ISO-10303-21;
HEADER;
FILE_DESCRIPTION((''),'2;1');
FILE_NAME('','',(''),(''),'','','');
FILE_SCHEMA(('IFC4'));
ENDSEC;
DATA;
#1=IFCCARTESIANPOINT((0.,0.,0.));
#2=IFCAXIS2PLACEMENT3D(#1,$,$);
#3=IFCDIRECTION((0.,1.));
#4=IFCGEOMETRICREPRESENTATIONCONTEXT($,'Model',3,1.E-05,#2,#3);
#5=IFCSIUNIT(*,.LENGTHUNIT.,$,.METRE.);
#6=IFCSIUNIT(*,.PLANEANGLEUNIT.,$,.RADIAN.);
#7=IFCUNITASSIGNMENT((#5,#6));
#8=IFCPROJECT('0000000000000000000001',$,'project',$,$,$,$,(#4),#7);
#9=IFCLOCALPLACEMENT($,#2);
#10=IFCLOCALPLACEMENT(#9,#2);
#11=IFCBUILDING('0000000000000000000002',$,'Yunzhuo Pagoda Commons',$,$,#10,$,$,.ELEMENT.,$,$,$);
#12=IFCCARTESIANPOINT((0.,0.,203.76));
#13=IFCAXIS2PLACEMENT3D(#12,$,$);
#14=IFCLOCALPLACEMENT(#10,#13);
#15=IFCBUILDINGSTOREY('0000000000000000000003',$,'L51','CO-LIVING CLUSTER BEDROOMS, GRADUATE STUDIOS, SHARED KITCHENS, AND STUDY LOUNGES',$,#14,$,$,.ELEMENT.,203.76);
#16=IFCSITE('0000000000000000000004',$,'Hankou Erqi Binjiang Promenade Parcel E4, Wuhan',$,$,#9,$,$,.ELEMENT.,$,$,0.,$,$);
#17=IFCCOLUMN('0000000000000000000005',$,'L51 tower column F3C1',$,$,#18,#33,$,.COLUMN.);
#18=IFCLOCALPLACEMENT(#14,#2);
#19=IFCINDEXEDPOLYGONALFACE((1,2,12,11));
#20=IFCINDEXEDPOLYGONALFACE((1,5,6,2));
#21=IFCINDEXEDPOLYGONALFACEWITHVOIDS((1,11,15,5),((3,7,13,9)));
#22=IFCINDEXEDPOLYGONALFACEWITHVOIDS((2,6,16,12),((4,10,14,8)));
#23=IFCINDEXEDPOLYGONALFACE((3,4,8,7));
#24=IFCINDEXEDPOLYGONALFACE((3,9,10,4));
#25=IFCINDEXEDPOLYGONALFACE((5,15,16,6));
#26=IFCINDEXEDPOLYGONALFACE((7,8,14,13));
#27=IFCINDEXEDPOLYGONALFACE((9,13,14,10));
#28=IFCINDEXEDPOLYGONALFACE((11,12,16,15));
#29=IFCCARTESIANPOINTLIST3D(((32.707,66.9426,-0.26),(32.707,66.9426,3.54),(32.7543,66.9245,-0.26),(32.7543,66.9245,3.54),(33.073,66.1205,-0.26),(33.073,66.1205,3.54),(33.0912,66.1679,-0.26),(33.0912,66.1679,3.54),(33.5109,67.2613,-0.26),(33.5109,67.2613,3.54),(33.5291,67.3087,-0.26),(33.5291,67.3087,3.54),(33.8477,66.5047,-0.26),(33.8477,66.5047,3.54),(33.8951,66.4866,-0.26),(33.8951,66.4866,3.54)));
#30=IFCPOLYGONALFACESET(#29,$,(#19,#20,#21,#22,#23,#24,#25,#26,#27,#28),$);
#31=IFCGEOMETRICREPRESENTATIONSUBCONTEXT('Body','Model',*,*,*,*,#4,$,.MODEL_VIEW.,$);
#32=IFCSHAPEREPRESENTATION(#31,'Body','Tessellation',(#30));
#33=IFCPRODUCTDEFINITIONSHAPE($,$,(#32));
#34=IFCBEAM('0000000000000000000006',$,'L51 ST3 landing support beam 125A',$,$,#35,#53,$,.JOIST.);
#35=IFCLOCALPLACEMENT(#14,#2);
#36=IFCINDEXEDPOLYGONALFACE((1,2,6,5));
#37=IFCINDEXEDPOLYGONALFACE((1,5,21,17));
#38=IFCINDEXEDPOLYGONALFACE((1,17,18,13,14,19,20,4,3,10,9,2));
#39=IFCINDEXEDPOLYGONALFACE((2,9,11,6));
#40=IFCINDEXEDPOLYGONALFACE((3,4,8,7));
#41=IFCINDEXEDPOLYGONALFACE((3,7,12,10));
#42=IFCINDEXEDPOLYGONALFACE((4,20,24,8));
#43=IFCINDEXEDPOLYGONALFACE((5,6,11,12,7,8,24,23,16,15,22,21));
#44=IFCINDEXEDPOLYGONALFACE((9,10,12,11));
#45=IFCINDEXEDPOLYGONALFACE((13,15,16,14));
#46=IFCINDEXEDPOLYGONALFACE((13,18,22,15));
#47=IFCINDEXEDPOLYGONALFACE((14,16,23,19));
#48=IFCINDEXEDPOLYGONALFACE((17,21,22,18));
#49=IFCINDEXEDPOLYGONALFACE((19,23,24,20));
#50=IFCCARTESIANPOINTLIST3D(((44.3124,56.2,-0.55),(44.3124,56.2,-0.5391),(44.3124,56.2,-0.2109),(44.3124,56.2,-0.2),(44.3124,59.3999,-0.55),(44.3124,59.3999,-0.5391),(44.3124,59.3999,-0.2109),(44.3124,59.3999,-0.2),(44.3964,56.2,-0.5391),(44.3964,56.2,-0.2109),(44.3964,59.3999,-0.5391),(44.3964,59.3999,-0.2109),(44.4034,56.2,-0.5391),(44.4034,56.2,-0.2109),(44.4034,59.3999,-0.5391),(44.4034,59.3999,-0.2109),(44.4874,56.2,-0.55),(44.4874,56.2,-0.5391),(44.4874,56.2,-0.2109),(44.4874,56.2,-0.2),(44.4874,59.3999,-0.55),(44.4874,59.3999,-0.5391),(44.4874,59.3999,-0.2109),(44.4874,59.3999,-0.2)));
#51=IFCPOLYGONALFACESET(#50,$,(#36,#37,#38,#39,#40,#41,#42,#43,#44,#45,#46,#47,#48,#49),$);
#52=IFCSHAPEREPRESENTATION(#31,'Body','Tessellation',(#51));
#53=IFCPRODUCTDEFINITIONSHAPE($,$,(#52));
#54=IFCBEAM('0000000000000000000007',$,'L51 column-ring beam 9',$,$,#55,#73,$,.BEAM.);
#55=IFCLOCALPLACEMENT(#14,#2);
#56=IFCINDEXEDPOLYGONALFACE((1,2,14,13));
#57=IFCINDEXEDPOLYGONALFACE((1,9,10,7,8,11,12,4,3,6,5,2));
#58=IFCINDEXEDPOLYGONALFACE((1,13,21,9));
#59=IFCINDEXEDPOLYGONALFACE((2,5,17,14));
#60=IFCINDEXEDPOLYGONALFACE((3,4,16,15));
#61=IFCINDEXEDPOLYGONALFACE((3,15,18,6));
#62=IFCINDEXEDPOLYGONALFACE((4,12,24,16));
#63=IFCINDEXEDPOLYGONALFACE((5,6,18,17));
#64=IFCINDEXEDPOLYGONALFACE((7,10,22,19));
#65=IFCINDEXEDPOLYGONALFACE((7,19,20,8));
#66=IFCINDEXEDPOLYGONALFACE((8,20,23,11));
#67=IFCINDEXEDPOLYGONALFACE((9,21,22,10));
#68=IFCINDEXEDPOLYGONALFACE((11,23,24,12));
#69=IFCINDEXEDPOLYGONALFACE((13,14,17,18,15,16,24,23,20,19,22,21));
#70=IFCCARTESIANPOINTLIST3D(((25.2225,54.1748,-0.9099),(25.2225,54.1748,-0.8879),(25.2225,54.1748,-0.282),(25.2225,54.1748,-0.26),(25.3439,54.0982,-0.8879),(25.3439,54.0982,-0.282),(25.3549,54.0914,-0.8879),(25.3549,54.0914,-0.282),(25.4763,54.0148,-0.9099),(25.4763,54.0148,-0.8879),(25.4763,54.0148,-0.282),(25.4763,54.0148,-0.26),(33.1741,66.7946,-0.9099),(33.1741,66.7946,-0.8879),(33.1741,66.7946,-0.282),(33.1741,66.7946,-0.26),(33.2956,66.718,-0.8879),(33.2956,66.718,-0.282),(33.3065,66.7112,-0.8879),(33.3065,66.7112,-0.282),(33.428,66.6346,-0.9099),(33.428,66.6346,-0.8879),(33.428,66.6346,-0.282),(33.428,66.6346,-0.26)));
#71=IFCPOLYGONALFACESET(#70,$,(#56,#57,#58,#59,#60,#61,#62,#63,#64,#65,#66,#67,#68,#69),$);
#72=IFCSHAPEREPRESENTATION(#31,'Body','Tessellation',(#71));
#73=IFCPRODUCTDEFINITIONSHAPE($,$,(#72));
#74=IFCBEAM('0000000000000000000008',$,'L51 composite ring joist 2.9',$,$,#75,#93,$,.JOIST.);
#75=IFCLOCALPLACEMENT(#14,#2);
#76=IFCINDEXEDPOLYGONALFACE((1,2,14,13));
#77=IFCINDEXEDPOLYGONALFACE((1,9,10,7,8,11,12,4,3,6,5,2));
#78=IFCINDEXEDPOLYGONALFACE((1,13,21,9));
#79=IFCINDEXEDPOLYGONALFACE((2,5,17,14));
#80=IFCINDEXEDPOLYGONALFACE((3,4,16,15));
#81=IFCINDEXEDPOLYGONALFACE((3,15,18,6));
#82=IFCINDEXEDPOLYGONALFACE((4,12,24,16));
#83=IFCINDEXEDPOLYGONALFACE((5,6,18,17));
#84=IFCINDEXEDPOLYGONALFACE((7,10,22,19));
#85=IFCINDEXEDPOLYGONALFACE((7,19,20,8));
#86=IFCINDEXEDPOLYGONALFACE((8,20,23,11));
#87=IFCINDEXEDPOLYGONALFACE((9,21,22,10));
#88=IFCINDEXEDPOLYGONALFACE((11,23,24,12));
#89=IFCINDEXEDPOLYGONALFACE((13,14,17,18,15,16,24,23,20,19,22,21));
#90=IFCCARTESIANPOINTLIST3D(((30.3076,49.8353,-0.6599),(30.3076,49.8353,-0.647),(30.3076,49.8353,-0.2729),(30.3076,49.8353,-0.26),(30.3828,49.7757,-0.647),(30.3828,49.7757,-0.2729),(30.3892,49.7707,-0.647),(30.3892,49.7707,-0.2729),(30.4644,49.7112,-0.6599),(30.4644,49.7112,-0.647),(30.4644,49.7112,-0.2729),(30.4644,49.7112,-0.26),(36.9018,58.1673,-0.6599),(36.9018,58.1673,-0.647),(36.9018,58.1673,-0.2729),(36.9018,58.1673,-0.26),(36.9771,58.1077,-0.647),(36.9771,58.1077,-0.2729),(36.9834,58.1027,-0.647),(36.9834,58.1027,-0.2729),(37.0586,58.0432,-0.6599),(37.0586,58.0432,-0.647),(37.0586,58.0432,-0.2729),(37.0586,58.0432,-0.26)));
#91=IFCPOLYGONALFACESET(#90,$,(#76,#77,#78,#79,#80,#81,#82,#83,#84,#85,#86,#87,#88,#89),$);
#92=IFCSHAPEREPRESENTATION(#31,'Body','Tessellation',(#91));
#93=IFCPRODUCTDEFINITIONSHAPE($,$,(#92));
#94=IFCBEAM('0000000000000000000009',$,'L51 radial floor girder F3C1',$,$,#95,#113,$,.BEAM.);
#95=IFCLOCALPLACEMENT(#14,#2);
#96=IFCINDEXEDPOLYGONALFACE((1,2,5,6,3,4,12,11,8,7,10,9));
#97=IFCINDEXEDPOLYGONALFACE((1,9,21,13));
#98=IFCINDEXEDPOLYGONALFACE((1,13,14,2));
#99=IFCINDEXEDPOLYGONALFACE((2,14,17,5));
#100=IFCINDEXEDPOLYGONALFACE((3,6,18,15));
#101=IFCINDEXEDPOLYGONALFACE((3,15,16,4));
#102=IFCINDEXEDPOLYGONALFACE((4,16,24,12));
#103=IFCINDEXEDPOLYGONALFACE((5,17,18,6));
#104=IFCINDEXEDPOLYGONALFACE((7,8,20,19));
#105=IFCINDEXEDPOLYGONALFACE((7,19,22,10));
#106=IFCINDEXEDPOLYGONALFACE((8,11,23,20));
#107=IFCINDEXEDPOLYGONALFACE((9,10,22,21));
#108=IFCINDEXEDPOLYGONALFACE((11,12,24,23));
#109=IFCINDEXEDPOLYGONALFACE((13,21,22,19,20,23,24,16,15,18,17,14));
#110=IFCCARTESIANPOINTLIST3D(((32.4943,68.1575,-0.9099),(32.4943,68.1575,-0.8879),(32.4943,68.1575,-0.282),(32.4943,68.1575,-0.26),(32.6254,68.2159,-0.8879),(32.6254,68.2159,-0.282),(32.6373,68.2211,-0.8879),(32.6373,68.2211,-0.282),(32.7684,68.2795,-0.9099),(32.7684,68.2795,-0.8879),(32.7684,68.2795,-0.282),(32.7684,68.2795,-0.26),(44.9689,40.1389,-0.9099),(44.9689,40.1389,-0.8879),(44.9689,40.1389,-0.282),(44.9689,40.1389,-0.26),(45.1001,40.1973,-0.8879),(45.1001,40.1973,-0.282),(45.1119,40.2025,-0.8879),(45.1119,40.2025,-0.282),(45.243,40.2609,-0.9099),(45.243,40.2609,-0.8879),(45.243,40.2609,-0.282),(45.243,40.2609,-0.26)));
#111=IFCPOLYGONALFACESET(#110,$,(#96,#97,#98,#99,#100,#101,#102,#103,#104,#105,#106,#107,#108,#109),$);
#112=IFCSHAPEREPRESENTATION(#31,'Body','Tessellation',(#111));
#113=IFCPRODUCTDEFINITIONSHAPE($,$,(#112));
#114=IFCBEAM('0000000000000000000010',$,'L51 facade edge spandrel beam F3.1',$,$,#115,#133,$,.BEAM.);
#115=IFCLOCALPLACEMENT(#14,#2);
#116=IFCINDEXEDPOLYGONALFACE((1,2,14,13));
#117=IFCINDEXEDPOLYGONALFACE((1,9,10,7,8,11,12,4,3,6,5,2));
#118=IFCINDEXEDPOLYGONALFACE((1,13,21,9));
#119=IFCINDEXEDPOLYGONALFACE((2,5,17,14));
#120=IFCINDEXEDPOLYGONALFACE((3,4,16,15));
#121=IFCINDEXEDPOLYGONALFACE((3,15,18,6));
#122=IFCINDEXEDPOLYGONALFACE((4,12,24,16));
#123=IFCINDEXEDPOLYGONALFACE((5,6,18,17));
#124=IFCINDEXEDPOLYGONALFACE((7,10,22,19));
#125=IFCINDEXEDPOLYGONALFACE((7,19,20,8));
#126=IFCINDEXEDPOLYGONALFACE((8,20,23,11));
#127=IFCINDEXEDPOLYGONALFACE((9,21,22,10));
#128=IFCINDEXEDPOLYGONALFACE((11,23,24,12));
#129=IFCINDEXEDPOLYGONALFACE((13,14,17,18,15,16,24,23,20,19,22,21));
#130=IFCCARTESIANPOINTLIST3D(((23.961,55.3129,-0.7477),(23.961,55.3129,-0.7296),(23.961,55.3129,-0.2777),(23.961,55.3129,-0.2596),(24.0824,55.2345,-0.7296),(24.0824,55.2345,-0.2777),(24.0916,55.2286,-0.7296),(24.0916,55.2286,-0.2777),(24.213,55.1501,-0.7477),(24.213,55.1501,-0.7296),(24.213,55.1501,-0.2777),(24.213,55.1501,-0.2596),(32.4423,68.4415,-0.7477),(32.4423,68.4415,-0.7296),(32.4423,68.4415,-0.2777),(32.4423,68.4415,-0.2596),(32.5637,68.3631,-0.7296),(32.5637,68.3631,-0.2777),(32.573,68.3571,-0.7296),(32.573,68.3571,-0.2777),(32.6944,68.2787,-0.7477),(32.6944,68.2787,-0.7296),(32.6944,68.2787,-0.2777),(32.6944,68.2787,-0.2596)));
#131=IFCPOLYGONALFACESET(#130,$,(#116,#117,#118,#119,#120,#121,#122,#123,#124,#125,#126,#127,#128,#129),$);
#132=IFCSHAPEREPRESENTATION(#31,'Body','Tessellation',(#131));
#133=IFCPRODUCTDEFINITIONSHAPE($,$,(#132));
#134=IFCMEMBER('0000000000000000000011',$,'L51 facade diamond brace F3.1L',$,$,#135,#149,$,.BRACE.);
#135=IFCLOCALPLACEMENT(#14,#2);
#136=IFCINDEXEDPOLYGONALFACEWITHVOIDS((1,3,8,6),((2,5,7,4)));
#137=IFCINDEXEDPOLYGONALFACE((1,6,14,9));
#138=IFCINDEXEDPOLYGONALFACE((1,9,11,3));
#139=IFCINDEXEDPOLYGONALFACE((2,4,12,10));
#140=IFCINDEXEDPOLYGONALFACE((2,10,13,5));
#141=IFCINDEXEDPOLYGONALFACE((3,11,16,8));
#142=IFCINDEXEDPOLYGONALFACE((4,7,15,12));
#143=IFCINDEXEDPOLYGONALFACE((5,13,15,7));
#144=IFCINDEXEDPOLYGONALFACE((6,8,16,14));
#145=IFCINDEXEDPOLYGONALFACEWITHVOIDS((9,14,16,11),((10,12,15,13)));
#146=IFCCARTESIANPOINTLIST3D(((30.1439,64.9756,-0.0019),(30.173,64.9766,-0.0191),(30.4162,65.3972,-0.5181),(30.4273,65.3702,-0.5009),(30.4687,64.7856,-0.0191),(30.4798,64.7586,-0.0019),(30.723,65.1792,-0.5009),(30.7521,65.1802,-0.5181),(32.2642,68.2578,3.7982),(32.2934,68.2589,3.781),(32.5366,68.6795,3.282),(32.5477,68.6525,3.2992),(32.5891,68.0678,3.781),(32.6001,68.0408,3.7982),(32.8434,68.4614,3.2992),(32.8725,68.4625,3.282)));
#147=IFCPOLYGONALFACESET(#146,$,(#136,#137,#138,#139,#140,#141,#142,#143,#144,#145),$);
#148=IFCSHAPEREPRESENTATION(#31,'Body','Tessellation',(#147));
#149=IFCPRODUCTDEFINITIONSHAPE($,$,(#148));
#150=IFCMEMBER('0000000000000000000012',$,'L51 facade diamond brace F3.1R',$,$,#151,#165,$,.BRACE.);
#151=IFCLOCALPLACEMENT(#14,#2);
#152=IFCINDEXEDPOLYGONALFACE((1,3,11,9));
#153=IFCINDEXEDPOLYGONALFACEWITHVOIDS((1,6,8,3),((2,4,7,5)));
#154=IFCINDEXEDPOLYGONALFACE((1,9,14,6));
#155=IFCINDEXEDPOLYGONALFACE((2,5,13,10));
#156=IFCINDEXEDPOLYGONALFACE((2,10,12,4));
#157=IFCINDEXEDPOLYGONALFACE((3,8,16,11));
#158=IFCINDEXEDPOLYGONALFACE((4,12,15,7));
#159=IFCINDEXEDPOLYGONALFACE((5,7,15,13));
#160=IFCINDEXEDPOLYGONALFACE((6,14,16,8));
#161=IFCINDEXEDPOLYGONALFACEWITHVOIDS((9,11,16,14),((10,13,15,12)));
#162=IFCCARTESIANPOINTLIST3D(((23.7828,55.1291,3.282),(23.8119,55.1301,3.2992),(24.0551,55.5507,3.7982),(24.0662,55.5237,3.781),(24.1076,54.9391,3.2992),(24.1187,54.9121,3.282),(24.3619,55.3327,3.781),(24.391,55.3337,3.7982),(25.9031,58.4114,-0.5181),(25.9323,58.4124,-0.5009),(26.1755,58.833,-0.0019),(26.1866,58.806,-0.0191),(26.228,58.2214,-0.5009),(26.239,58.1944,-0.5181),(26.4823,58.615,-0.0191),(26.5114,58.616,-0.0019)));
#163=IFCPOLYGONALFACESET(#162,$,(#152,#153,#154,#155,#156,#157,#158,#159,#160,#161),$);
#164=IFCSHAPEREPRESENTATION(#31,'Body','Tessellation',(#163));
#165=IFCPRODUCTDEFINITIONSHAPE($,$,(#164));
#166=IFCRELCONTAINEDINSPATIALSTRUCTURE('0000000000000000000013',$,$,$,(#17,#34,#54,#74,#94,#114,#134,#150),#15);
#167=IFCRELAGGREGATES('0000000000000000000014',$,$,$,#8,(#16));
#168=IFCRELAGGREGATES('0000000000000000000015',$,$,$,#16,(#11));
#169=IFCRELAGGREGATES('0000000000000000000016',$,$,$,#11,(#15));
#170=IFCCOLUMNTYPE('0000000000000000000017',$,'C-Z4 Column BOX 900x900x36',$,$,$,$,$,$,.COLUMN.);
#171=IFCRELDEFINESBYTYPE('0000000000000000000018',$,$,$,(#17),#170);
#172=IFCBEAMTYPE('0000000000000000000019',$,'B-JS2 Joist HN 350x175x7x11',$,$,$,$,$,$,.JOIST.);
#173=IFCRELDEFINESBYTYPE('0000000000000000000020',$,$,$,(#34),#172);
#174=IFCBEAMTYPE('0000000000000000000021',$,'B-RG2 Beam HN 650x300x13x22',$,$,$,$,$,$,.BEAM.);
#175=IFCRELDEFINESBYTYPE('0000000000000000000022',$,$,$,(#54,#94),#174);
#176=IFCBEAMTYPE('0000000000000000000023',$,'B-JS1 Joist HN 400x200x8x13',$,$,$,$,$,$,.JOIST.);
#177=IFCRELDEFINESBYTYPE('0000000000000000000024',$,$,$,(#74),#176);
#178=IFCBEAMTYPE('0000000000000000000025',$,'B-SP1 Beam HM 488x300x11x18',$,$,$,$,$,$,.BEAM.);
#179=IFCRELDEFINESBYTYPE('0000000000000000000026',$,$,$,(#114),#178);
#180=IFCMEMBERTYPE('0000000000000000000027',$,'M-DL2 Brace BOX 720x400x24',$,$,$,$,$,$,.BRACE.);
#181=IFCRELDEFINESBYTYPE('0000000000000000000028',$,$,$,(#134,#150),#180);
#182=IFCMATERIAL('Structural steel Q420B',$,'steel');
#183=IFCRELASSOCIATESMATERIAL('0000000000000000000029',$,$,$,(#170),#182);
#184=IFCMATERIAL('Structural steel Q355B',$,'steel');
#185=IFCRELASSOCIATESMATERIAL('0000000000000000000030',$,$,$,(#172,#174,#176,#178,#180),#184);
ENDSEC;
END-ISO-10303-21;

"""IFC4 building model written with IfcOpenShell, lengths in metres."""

from ifc_helpers import new_model, si_unit, direction, frame, origin, origin_2d, place, context, subcontext, project, spatial, hollow_rectangle, i_section, extrude, source, transform, mapped, material, material_profile, profile_set, type_object, element, save


model = new_model("IFC4")

# Units and contexts
model_context = context("Model", 3, precision=1e-05, world=origin(), true_north=direction((0.0, 1.0)))
body_context = subcontext(model_context, "Body", "Model", "MODEL_VIEW")
ifc_project = project(units=[si_unit("LENGTHUNIT", "METRE"), si_unit("PLANEANGLEUNIT", "RADIAN")], contexts=[model_context])

# Site, building, storey
site_placement = place(None, origin())
site = spatial("IfcSite", under=ifc_project, at=site_placement, Name="Hankou Erqi Binjiang Promenade Parcel E4, Wuhan", CompositionType="ELEMENT", RefElevation=0.0)
building_placement = place(site_placement, origin())
building = spatial("IfcBuilding", under=site, at=building_placement, Name="Yunzhuo Pagoda Commons", CompositionType="ELEMENT")
storey_placement = place(building_placement, frame((0.0, 0.0, 203.76)))
storey = spatial("IfcBuildingStorey", under=building, at=storey_placement, Name="L51", Description="CO-LIVING CLUSTER BEDROOMS, GRADUATE STUDIOS, SHARED KITCHENS, AND STUDY LOUNGES", CompositionType="ELEMENT", Elevation=203.76)

# Column
ifc_material_1 = material(Name="Structural steel Q420B", Category="steel")
ifc_material_profile_1 = material_profile(ifc_material_1, hollow_rectangle(XDim=0.8999, YDim=0.8999, WallThickness=0.0359, at=origin_2d()), Name="Structural steel Q420B")
ifc_profile_set_1 = profile_set([ifc_material_profile_1], Name="Structural steel Q420B")
column_type = type_object("IfcColumnType", Name="C-Z4 Column BOX 900x900x36", PredefinedType="COLUMN", material=ifc_profile_set_1)
shared_shape_1 = source(origin(), body_context, "Body", "SweptSolid", [
    extrude(hollow_rectangle(XDim=0.8999, YDim=0.8999, WallThickness=0.0359, at=origin_2d()), origin(), (0.0, 0.0, 1.0), 3.8),
])
column_placement = place(storey_placement, frame((33.301, 66.7146, -0.26), z_axis=(0.0, 0.0, 1.0), x_axis=(-0.913545, -0.406737, 0.0)))
element("IfcColumn", 1, at=column_placement, inside=storey, type_object=column_type, Name="L51 tower column F3C1", PredefinedType="COLUMN", context=body_context, shape_type="MappedRepresentation", body=[
    mapped(shared_shape_1, transform((0.0, 0.0, 0.0), scale=1.0)),
])

# Beams
ifc_material_2 = material(Name="Structural steel Q355B", Category="steel")
ifc_material_profile_2 = material_profile(ifc_material_2, i_section(OverallWidth=0.175, OverallDepth=0.3501, WebThickness=0.0071, FlangeThickness=0.011, at=origin_2d()), Name="Structural steel Q355B")
ifc_profile_set_2 = profile_set([ifc_material_profile_2], Name="Structural steel Q355B")
beam_type_1 = type_object("IfcBeamType", Name="B-JS2 Joist HN 350x175x7x11", PredefinedType="JOIST", material=ifc_profile_set_2)
shared_shape_2 = source(origin(), body_context, "Body", "SweptSolid", [
    extrude(i_section(OverallWidth=0.175, OverallDepth=0.3501, WebThickness=0.0071, FlangeThickness=0.011, at=origin_2d()), origin(), (0.0, 0.0, 1.0), 3.2),
])
beam_1_placement = place(storey_placement, frame((44.3999, 56.2, -0.375), z_axis=(0.0, 1.0, 0.0), x_axis=(-1.0, 0.0, 0.0)))
element("IfcBeam", 2, at=beam_1_placement, inside=storey, type_object=beam_type_1, Name="L51 ST3 landing support beam 125A", PredefinedType="JOIST", context=body_context, shape_type="MappedRepresentation", body=[
    mapped(shared_shape_2, transform((0.0, 0.0, 0.0), scale=1.0)),
])
ifc_material_profile_3 = material_profile(ifc_material_2, i_section(OverallWidth=0.3, OverallDepth=0.6499, WebThickness=0.0129, FlangeThickness=0.022, at=origin_2d()), Name="Structural steel Q355B")
ifc_profile_set_3 = profile_set([ifc_material_profile_3], Name="Structural steel Q355B")
beam_type_2 = type_object("IfcBeamType", Name="B-RG2 Beam HN 650x300x13x22", PredefinedType="BEAM", material=ifc_profile_set_3)
shared_shape_3 = source(origin(), body_context, "Body", "SweptSolid", [
    extrude(i_section(OverallWidth=0.3, OverallDepth=0.6499, WebThickness=0.0129, FlangeThickness=0.022, at=origin_2d()), origin(), (0.0, 0.0, 1.0), 14.916),
])
beam_2_placement = place(storey_placement, frame((33.301, 66.7146, -0.585), z_axis=(-0.533092, -0.846057, 0.0), x_axis=(0.846057, -0.533092, 0.0)))
element("IfcBeam", 3, at=beam_2_placement, inside=storey, type_object=beam_type_2, Name="L51 column-ring beam 9", PredefinedType="BEAM", context=body_context, shape_type="MappedRepresentation", body=[
    mapped(shared_shape_3, transform((0.0, 0.0, 0.0), scale=1.0)),
])
ifc_material_profile_4 = material_profile(ifc_material_2, i_section(OverallWidth=0.2, OverallDepth=0.3999, WebThickness=0.0081, FlangeThickness=0.0129, at=origin_2d()), Name="Structural steel Q355B")
ifc_profile_set_4 = profile_set([ifc_material_profile_4], Name="Structural steel Q355B")
beam_type_3 = type_object("IfcBeamType", Name="B-JS1 Joist HN 400x200x8x13", PredefinedType="JOIST", material=ifc_profile_set_4)
shared_shape_4 = source(origin(), body_context, "Body", "SweptSolid", [
    extrude(i_section(OverallWidth=0.2, OverallDepth=0.3999, WebThickness=0.0081, FlangeThickness=0.0129, at=origin_2d()), origin(), (0.0, 0.0, 1.0), 10.6257),
])
beam_3_placement = place(storey_placement, frame((36.9802, 58.1052, -0.46), z_axis=(-0.62059, -0.784135, 0.0), x_axis=(0.784135, -0.62059, 0.0)))
element("IfcBeam", 4, at=beam_3_placement, inside=storey, type_object=beam_type_3, Name="L51 composite ring joist 2.9", PredefinedType="JOIST", context=body_context, shape_type="MappedRepresentation", body=[
    mapped(shared_shape_4, transform((0.0, 0.0, 0.0), scale=1.0)),
])
shared_shape_5 = source(origin(), body_context, "Body", "SweptSolid", [
    extrude(i_section(OverallWidth=0.3, OverallDepth=0.6499, WebThickness=0.0129, FlangeThickness=0.022, at=origin_2d()), origin(), (0.0, 0.0, 1.0), 30.6702),
])
beam_4_placement = place(storey_placement, frame((32.6313, 68.2185, -0.585), z_axis=(0.406735, -0.913546, 0.0), x_axis=(0.913546, 0.406735, 0.0)))
element("IfcBeam", 5, at=beam_4_placement, inside=storey, type_object=beam_type_2, Name="L51 radial floor girder F3C1", PredefinedType="BEAM", context=body_context, shape_type="MappedRepresentation", body=[
    mapped(shared_shape_5, transform((0.0, 0.0, 0.0), scale=1.0)),
])
ifc_material_profile_5 = material_profile(ifc_material_2, i_section(OverallWidth=0.3, OverallDepth=0.488, WebThickness=0.011, FlangeThickness=0.0181, at=origin_2d()), Name="Structural steel Q355B")
ifc_profile_set_5 = profile_set([ifc_material_profile_5], Name="Structural steel Q355B")
beam_type_4 = type_object("IfcBeamType", Name="B-SP1 Beam HM 488x300x11x18", PredefinedType="BEAM", material=ifc_profile_set_5)
shared_shape_6 = source(origin(), body_context, "Body", "SweptSolid", [
    extrude(i_section(OverallWidth=0.3, OverallDepth=0.488, WebThickness=0.011, FlangeThickness=0.0181, at=origin_2d()), origin(), (0.0, 0.0, 1.0), 15.6299),
])
beam_5_placement = place(storey_placement, frame((32.5684, 68.3601, -0.5037), z_axis=(-0.542639, -0.839966, 0.0), x_axis=(0.839966, -0.542639, 0.0)))
element("IfcBeam", 6, at=beam_5_placement, inside=storey, type_object=beam_type_4, Name="L51 facade edge spandrel beam F3.1", PredefinedType="BEAM", context=body_context, shape_type="MappedRepresentation", body=[
    mapped(shared_shape_6, transform((0.0, 0.0, 0.0), scale=1.0)),
])

# Members
ifc_material_profile_6 = material_profile(ifc_material_2, hollow_rectangle(XDim=0.3999, YDim=0.72, WallThickness=0.0239, at=origin_2d()), Name="Structural steel Q355B")
ifc_profile_set_6 = profile_set([ifc_material_profile_6], Name="Structural steel Q355B")
member_type_1 = type_object("IfcMemberType", Name="M-DL2 Brace BOX 720x400x24", PredefinedType="BRACE", material=ifc_profile_set_6)
shared_shape_7 = source(origin(), body_context, "Body", "SweptSolid", [
    extrude(hollow_rectangle(XDim=0.3999, YDim=0.72, WallThickness=0.0239, at=origin_2d()), origin(), (0.0, 0.0, 1.0), 5.4507),
])
for number, where, z_axis, x_axis, name in (
    (7, (30.448, 65.0779, -0.26), (0.389013, 0.602174, 0.697177), (-0.839971, 0.542632, 0.0), "L51 facade diamond brace F3.1L"),
    (8, (26.2073, 58.5137, -0.26), (-0.389013, -0.602174, 0.697177), (0.839971, -0.542632, 0.0), "L51 facade diamond brace F3.1R"),
):
    element("IfcMember", number, at=place(storey_placement, frame(where, z_axis=z_axis, x_axis=x_axis)), inside=storey, type_object=member_type_1, Name=name, PredefinedType="BRACE", context=body_context, shape_type="MappedRepresentation", body=[
        mapped(shared_shape_7, transform((0.0, 0.0, 0.0), scale=1.0)),
    ])

save(model, "model.ifc")
